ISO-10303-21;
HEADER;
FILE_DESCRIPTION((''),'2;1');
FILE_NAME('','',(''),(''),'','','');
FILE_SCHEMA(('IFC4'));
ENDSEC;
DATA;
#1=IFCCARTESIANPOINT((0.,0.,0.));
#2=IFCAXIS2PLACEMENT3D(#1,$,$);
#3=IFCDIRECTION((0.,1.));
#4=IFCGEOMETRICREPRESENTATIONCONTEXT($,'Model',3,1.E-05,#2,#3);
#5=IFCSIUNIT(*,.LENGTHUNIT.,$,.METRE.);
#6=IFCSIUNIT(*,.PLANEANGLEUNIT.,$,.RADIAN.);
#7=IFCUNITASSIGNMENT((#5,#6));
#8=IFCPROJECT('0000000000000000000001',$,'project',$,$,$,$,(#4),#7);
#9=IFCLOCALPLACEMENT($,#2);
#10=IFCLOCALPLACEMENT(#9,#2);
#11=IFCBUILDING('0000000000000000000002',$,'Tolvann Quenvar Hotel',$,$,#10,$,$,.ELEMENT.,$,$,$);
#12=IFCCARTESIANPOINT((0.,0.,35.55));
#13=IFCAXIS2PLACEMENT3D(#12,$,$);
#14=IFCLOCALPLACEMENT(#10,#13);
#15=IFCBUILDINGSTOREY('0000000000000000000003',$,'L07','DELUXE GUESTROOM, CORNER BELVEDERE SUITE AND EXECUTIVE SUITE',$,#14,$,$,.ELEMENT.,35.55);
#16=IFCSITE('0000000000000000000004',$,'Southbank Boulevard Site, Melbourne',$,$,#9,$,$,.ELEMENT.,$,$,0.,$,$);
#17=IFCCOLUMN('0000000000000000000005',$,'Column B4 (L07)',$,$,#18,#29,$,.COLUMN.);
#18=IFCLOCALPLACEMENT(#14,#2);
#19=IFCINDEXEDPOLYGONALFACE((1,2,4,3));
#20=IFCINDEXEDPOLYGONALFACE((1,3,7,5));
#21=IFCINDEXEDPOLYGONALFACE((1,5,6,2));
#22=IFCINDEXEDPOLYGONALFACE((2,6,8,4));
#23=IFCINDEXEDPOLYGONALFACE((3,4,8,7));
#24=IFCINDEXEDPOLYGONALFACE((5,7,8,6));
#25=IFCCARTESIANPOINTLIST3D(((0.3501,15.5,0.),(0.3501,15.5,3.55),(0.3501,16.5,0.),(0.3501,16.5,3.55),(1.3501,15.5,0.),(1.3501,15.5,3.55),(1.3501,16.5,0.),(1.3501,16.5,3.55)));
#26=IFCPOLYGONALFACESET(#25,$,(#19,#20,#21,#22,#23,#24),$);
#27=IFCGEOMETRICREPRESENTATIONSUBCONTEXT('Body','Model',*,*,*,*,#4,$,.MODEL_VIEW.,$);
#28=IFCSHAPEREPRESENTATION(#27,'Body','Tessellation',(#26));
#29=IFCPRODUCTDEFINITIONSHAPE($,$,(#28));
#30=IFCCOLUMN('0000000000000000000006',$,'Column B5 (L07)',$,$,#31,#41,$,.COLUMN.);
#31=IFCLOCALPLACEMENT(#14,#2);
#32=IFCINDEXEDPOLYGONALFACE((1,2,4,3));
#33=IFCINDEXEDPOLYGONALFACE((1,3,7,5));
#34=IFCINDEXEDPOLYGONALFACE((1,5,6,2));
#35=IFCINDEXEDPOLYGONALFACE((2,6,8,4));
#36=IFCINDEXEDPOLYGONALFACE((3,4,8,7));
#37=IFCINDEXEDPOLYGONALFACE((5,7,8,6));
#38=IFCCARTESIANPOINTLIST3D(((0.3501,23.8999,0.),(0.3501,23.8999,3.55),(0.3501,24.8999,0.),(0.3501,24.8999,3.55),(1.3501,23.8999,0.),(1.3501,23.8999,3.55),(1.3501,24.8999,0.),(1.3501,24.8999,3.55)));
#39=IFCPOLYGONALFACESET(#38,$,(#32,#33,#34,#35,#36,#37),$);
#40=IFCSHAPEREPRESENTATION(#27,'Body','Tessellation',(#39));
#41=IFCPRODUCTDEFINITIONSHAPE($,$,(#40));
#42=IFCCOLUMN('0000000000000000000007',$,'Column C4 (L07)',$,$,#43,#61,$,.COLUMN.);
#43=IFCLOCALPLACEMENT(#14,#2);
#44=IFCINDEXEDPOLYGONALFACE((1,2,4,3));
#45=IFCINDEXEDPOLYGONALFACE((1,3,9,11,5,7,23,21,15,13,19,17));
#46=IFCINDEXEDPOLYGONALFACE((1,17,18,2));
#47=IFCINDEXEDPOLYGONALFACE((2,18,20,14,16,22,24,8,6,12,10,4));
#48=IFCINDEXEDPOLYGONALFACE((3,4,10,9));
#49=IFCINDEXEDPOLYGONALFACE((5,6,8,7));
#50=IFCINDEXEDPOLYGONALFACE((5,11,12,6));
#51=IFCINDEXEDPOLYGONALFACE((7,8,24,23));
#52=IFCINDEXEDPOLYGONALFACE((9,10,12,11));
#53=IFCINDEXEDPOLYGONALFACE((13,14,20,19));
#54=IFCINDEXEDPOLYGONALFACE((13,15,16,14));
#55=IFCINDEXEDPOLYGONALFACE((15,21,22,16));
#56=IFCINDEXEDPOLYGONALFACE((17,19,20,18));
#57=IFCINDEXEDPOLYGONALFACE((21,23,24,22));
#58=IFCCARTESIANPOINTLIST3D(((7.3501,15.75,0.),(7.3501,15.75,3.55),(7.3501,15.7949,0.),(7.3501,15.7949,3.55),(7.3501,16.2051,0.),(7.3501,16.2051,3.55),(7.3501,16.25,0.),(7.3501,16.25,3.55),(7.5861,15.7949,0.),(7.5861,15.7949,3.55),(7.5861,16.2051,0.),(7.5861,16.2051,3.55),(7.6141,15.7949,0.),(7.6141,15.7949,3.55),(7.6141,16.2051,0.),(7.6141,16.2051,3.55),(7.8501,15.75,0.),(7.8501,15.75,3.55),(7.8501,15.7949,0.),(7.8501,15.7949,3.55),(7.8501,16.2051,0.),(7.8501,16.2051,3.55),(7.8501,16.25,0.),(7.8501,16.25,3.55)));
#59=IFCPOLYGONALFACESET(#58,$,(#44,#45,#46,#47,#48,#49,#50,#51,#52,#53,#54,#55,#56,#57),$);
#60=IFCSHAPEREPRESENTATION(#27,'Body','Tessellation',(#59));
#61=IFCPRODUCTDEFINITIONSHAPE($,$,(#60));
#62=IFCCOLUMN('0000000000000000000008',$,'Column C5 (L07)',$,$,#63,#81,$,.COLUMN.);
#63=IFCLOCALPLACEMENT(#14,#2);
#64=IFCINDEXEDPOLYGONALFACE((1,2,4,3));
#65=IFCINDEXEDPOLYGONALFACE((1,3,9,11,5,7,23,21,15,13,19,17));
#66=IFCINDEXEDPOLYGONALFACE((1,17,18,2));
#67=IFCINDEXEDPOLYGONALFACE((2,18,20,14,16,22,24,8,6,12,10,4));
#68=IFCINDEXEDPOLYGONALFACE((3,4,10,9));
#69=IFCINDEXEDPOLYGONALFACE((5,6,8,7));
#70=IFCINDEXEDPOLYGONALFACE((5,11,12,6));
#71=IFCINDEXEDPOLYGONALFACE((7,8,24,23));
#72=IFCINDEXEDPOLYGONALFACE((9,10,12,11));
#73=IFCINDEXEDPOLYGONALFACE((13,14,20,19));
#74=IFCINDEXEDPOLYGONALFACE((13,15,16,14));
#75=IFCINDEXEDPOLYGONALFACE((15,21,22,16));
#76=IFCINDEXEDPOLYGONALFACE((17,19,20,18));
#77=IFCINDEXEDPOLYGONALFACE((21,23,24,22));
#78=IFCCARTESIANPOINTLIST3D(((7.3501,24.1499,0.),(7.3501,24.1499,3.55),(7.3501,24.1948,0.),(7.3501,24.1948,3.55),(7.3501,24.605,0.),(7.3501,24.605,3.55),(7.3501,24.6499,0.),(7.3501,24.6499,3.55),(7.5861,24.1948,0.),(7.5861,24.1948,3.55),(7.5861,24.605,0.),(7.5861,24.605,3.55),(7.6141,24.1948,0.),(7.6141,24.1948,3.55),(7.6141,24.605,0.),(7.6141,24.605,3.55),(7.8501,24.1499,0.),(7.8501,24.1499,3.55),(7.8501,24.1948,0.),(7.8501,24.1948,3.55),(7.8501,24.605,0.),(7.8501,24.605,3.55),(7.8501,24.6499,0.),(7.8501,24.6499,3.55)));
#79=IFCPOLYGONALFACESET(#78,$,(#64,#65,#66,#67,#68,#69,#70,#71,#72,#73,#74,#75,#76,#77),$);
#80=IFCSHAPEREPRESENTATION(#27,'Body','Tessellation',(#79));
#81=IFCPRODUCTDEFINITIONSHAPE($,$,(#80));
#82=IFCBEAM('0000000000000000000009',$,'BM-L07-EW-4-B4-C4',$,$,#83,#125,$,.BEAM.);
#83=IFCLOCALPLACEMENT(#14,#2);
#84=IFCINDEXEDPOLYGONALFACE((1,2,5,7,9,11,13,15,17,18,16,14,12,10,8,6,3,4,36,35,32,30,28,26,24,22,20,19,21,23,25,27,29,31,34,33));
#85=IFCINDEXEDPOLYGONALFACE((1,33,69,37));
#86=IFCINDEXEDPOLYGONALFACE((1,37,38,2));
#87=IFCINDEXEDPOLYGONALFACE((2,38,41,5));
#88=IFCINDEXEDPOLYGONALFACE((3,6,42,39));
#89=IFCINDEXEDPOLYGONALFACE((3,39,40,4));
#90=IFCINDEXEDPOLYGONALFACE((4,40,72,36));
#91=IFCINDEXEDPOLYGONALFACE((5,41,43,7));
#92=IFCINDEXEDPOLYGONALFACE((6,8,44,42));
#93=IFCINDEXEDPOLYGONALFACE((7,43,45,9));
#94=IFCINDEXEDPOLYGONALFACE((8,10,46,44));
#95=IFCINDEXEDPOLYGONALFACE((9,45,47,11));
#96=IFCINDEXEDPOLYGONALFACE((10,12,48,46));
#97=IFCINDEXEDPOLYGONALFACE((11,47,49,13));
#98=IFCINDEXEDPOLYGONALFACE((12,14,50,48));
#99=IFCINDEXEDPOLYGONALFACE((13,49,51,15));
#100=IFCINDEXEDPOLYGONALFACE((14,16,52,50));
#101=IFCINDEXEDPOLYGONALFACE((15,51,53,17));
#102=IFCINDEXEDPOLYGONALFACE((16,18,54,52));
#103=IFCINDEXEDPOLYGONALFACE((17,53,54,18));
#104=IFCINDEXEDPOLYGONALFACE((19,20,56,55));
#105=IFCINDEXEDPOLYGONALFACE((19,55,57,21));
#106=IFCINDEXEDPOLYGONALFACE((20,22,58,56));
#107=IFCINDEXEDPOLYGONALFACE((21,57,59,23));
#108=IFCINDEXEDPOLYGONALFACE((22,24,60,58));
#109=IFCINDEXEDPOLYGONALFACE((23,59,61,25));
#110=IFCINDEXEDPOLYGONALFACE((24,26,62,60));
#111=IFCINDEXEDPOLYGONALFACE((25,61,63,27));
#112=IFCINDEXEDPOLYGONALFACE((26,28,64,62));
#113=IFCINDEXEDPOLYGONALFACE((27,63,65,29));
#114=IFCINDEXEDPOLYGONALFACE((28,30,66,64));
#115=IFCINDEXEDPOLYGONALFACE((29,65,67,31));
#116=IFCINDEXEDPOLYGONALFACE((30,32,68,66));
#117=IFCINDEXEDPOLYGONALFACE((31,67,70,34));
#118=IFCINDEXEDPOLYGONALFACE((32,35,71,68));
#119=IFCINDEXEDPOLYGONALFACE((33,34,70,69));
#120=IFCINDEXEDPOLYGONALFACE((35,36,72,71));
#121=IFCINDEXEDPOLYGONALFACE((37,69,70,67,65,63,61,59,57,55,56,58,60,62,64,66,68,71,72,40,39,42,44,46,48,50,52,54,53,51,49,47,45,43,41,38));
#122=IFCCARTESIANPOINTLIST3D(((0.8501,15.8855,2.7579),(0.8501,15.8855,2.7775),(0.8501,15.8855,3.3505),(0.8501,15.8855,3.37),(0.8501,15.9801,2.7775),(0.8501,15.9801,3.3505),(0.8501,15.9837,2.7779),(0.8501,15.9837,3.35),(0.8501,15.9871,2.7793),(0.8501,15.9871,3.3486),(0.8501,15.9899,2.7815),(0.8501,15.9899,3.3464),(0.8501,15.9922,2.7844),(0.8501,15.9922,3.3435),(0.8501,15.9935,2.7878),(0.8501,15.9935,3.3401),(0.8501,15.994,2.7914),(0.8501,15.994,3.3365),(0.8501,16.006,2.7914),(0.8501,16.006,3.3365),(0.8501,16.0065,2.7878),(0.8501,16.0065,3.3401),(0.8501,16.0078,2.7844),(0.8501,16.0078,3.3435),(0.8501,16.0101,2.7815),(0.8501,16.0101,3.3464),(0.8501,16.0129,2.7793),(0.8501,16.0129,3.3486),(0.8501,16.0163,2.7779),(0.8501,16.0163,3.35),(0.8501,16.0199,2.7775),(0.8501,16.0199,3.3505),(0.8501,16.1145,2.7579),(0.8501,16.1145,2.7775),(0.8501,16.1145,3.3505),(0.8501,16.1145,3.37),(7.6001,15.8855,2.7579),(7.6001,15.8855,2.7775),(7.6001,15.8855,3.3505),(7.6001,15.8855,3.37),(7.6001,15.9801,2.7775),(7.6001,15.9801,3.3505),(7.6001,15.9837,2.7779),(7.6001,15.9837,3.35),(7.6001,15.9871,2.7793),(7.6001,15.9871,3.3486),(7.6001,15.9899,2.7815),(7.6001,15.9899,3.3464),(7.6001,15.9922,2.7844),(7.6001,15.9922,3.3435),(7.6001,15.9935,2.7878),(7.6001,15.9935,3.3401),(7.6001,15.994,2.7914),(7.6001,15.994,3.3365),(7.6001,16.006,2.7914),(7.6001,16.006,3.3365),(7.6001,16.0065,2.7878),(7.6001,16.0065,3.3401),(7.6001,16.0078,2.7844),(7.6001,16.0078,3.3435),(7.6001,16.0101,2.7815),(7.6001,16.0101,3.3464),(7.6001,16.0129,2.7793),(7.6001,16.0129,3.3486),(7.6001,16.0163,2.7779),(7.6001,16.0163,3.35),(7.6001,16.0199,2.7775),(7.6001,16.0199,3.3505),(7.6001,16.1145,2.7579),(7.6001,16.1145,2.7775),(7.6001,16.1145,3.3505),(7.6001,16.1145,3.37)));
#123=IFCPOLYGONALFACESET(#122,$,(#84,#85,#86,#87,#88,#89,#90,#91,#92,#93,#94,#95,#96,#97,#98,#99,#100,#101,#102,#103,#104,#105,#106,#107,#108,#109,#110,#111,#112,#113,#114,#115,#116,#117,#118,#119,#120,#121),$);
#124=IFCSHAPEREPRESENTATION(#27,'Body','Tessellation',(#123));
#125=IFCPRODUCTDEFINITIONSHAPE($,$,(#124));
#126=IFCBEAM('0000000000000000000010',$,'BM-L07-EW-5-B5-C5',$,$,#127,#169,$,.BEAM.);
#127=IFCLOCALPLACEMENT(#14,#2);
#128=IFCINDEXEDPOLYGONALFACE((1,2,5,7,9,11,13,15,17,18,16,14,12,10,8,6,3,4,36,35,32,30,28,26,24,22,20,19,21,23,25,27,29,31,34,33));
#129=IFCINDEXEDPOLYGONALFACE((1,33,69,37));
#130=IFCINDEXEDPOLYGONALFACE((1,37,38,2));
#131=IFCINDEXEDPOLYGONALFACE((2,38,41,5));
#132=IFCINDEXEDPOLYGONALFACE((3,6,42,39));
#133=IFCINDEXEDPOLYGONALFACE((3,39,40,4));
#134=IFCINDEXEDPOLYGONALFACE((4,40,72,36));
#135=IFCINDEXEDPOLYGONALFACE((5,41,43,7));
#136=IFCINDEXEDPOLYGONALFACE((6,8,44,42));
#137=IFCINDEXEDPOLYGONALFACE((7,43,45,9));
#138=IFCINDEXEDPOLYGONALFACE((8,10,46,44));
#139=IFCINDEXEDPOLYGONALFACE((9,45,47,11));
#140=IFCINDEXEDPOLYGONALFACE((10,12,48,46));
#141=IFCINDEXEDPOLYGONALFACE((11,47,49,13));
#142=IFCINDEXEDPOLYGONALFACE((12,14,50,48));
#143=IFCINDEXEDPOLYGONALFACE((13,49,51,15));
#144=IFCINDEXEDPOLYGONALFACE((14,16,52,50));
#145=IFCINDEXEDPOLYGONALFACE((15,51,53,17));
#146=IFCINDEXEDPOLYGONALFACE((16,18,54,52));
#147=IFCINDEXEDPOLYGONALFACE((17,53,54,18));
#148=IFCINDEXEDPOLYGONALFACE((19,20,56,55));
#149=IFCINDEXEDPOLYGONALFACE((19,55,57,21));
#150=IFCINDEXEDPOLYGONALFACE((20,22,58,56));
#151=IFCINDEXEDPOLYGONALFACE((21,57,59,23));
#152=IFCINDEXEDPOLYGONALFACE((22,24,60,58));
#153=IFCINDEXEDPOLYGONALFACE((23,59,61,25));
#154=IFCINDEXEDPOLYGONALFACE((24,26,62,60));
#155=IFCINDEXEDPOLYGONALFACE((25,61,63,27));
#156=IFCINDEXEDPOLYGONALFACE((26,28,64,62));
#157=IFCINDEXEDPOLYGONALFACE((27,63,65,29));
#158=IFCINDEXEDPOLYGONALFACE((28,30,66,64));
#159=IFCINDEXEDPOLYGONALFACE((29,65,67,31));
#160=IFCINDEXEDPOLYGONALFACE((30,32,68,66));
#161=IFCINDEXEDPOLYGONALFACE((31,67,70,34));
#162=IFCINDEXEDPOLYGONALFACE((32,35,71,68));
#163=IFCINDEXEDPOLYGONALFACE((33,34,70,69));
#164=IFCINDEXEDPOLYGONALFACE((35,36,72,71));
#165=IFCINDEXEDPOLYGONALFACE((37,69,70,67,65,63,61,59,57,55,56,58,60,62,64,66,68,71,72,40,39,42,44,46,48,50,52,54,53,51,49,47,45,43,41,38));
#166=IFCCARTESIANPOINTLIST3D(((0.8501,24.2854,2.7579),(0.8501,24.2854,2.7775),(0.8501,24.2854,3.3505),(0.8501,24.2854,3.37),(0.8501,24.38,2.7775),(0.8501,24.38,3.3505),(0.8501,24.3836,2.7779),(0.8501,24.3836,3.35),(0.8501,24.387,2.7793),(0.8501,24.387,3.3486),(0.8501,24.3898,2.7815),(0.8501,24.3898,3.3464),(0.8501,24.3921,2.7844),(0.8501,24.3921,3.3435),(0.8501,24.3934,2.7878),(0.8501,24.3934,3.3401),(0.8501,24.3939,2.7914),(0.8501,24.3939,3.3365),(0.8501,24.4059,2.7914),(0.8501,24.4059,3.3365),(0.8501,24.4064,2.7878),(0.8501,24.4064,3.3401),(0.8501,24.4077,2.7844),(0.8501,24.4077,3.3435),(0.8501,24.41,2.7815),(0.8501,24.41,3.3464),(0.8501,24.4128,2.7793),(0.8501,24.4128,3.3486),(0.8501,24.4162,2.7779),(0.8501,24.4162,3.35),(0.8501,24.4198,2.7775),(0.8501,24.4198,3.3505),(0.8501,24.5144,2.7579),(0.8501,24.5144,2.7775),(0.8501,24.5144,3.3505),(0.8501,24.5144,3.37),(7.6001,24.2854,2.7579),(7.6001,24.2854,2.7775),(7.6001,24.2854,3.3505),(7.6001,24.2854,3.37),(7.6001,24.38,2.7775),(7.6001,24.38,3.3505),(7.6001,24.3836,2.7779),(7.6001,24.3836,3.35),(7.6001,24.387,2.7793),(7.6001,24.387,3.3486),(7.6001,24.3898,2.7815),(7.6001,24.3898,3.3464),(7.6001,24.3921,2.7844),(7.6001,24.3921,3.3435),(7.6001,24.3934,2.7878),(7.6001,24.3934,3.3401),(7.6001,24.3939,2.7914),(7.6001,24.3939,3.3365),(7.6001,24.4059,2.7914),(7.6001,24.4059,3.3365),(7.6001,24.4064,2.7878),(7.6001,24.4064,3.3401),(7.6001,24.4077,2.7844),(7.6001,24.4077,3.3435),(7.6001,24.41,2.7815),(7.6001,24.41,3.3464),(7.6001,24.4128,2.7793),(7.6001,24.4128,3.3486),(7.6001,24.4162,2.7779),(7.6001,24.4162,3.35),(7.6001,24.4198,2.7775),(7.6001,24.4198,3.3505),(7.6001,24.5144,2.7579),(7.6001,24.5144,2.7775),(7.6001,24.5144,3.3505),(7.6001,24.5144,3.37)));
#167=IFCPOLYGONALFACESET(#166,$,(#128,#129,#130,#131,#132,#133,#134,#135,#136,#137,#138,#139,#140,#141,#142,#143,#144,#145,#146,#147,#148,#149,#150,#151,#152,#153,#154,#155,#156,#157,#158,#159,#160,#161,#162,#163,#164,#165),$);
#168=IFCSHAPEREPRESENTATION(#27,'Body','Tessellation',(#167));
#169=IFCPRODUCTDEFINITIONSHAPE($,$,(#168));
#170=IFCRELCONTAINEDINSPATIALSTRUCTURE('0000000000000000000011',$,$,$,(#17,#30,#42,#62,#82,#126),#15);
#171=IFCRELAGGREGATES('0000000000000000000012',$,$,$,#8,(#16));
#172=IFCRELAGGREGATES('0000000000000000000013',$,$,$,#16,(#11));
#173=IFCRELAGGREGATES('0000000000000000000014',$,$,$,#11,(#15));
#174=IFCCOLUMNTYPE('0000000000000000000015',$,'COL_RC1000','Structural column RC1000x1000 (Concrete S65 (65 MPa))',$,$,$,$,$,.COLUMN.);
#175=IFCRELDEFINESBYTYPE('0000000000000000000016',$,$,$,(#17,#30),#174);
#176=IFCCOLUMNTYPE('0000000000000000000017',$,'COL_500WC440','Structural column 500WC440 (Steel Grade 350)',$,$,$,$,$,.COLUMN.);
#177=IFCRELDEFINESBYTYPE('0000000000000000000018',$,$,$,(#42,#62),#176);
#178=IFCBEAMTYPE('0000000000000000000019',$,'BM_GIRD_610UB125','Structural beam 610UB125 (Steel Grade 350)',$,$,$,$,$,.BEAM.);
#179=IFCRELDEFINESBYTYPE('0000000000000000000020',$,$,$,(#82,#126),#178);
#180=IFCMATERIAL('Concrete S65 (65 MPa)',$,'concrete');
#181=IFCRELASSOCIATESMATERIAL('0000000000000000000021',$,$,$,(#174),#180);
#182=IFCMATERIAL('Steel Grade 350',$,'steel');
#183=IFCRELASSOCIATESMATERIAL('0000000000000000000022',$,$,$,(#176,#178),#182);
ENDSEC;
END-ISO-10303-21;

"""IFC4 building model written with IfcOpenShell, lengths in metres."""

from ifc_helpers import new_model, si_unit, direction, frame, origin, origin_2d, place, context, subcontext, project, spatial, rectangle, i_section, extrude, source, transform, mapped, material, material_profile, profile_set, type_object, type_shapes, element, save


model = new_model("IFC4")

# Units and contexts
model_context = context("Model", 3, precision=1e-05, world=origin(), true_north=direction((0.0, 1.0)))
body_context = subcontext(model_context, "Body", "Model", "MODEL_VIEW")
ifc_project = project(units=[si_unit("LENGTHUNIT", "METRE"), si_unit("PLANEANGLEUNIT", "RADIAN")], contexts=[model_context])

# Site, building, storey
site_placement = place(None, origin())
site = spatial("IfcSite", under=ifc_project, at=site_placement, Name="Southbank Boulevard Site, Melbourne", CompositionType="ELEMENT", RefElevation=0.0)
building_placement = place(site_placement, origin())
building = spatial("IfcBuilding", under=site, at=building_placement, Name="Tolvann Quenvar Hotel", CompositionType="ELEMENT")
storey_placement = place(building_placement, frame((0.0, 0.0, 35.55)))
storey = spatial("IfcBuildingStorey", under=building, at=storey_placement, Name="L07", Description="DELUXE GUESTROOM, CORNER BELVEDERE SUITE AND EXECUTIVE SUITE", CompositionType="ELEMENT", Elevation=35.55)

# Columns
ifc_material_1 = material(Name="Concrete S65 (65 MPa)", Category="concrete")
ifc_material_profile_1 = material_profile(ifc_material_1, rectangle(XDim=1.0, YDim=1.0, at=origin_2d()), Name="RC1000x1000")
ifc_profile_set_1 = profile_set([ifc_material_profile_1], Name="Concrete S65 (65 MPa)")
column_type_1 = type_object("IfcColumnType", Name="COL_RC1000", Description="Structural column RC1000x1000 (Concrete S65 (65 MPa))", PredefinedType="COLUMN", material=ifc_profile_set_1)
shared_shape_1 = source(origin(), body_context, "Body", "SweptSolid", [
    extrude(rectangle(XDim=1.0, YDim=1.0, at=origin_2d()), origin(), (0.0, 0.0, 1.0), 3.55),
])
type_shapes(column_type_1, [shared_shape_1])
for number, where, z_axis, x_axis, name in (
    (1, (0.8501, 16.0, 0.0), (0.0, 0.0, 1.0), (1.0, 0.0, 0.0), "Column B4 (L07)"),
    (2, (0.8501, 24.3999, 0.0), (0.0, 0.0, 1.0), (1.0, 0.0, 0.0), "Column B5 (L07)"),
):
    element("IfcColumn", number, at=place(storey_placement, frame(where, z_axis=z_axis, x_axis=x_axis)), inside=storey, type_object=column_type_1, Name=name, PredefinedType="COLUMN", context=body_context, shape_type="MappedRepresentation", body=[
        mapped(shared_shape_1, transform((0.0, 0.0, 0.0), x_axis=(1.0, 0.0, 0.0), y_axis=(0.0, 1.0, 0.0), z_axis=(0.0, 0.0, 1.0), scale=1.0)),
    ])
ifc_material_2 = material(Name="Steel Grade 350", Category="steel")
ifc_material_profile_2 = material_profile(ifc_material_2, i_section(OverallWidth=0.5, OverallDepth=0.5, WebThickness=0.0281, FlangeThickness=0.0449, at=origin_2d()), Name="500WC440")
ifc_profile_set_2 = profile_set([ifc_material_profile_2], Name="Steel Grade 350")
column_type_2 = type_object("IfcColumnType", Name="COL_500WC440", Description="Structural column 500WC440 (Steel Grade 350)", PredefinedType="COLUMN", material=ifc_profile_set_2)
shared_shape_2 = source(origin(), body_context, "Body", "SweptSolid", [
    extrude(i_section(OverallWidth=0.5, OverallDepth=0.5, WebThickness=0.0281, FlangeThickness=0.0449, at=origin_2d()), origin(), (0.0, 0.0, 1.0), 3.55),
])
type_shapes(column_type_2, [shared_shape_2])
for number, where, z_axis, x_axis, name in (
    (3, (7.6001, 16.0, 0.0), (0.0, 0.0, 1.0), (1.0, 0.0, 0.0), "Column C4 (L07)"),
    (4, (7.6001, 24.3999, 0.0), (0.0, 0.0, 1.0), (1.0, 0.0, 0.0), "Column C5 (L07)"),
):
    element("IfcColumn", number, at=place(storey_placement, frame(where, z_axis=z_axis, x_axis=x_axis)), inside=storey, type_object=column_type_2, Name=name, PredefinedType="COLUMN", context=body_context, shape_type="MappedRepresentation", body=[
        mapped(shared_shape_2, transform((0.0, 0.0, 0.0), x_axis=(1.0, 0.0, 0.0), y_axis=(0.0, 1.0, 0.0), z_axis=(0.0, 0.0, 1.0), scale=1.0)),
    ])

# Beams
ifc_material_profile_3 = material_profile(ifc_material_2, i_section(OverallWidth=0.229, OverallDepth=0.6121, WebThickness=0.012, FlangeThickness=0.0195, FilletRadius=0.0139, at=origin_2d()), Name="610UB125")
ifc_profile_set_3 = profile_set([ifc_material_profile_3], Name="Steel Grade 350")
beam_type_1 = type_object("IfcBeamType", Name="BM_GIRD_610UB125", Description="Structural beam 610UB125 (Steel Grade 350)", PredefinedType="BEAM", material=ifc_profile_set_3)
shared_shape_3 = source(origin(), body_context, "Body", "SweptSolid", [
    extrude(i_section(OverallWidth=0.229, OverallDepth=0.6121, WebThickness=0.012, FlangeThickness=0.0195, FilletRadius=0.0139, at=origin_2d()), origin(), (0.0, 0.0, 1.0), 6.75),
])
for number, where, z_axis, x_axis, name in (
    (5, (0.8501, 16.0, 3.064), (1.0, 0.0, 0.0), (0.0, 1.0, 0.0), "BM-L07-EW-4-B4-C4"),
    (6, (0.8501, 24.3999, 3.064), (1.0, 0.0, 0.0), (0.0, 1.0, 0.0), "BM-L07-EW-5-B5-C5"),
):
    element("IfcBeam", number, at=place(storey_placement, frame(where, z_axis=z_axis, x_axis=x_axis)), inside=storey, type_object=beam_type_1, Name=name, PredefinedType="BEAM", context=body_context, shape_type="MappedRepresentation", body=[
        mapped(shared_shape_3, transform((0.0, 0.0, 0.0), x_axis=(1.0, 0.0, 0.0), y_axis=(0.0, 1.0, 0.0), z_axis=(0.0, 0.0, 1.0), scale=1.0)),
    ])

save(model, "model.ifc")
